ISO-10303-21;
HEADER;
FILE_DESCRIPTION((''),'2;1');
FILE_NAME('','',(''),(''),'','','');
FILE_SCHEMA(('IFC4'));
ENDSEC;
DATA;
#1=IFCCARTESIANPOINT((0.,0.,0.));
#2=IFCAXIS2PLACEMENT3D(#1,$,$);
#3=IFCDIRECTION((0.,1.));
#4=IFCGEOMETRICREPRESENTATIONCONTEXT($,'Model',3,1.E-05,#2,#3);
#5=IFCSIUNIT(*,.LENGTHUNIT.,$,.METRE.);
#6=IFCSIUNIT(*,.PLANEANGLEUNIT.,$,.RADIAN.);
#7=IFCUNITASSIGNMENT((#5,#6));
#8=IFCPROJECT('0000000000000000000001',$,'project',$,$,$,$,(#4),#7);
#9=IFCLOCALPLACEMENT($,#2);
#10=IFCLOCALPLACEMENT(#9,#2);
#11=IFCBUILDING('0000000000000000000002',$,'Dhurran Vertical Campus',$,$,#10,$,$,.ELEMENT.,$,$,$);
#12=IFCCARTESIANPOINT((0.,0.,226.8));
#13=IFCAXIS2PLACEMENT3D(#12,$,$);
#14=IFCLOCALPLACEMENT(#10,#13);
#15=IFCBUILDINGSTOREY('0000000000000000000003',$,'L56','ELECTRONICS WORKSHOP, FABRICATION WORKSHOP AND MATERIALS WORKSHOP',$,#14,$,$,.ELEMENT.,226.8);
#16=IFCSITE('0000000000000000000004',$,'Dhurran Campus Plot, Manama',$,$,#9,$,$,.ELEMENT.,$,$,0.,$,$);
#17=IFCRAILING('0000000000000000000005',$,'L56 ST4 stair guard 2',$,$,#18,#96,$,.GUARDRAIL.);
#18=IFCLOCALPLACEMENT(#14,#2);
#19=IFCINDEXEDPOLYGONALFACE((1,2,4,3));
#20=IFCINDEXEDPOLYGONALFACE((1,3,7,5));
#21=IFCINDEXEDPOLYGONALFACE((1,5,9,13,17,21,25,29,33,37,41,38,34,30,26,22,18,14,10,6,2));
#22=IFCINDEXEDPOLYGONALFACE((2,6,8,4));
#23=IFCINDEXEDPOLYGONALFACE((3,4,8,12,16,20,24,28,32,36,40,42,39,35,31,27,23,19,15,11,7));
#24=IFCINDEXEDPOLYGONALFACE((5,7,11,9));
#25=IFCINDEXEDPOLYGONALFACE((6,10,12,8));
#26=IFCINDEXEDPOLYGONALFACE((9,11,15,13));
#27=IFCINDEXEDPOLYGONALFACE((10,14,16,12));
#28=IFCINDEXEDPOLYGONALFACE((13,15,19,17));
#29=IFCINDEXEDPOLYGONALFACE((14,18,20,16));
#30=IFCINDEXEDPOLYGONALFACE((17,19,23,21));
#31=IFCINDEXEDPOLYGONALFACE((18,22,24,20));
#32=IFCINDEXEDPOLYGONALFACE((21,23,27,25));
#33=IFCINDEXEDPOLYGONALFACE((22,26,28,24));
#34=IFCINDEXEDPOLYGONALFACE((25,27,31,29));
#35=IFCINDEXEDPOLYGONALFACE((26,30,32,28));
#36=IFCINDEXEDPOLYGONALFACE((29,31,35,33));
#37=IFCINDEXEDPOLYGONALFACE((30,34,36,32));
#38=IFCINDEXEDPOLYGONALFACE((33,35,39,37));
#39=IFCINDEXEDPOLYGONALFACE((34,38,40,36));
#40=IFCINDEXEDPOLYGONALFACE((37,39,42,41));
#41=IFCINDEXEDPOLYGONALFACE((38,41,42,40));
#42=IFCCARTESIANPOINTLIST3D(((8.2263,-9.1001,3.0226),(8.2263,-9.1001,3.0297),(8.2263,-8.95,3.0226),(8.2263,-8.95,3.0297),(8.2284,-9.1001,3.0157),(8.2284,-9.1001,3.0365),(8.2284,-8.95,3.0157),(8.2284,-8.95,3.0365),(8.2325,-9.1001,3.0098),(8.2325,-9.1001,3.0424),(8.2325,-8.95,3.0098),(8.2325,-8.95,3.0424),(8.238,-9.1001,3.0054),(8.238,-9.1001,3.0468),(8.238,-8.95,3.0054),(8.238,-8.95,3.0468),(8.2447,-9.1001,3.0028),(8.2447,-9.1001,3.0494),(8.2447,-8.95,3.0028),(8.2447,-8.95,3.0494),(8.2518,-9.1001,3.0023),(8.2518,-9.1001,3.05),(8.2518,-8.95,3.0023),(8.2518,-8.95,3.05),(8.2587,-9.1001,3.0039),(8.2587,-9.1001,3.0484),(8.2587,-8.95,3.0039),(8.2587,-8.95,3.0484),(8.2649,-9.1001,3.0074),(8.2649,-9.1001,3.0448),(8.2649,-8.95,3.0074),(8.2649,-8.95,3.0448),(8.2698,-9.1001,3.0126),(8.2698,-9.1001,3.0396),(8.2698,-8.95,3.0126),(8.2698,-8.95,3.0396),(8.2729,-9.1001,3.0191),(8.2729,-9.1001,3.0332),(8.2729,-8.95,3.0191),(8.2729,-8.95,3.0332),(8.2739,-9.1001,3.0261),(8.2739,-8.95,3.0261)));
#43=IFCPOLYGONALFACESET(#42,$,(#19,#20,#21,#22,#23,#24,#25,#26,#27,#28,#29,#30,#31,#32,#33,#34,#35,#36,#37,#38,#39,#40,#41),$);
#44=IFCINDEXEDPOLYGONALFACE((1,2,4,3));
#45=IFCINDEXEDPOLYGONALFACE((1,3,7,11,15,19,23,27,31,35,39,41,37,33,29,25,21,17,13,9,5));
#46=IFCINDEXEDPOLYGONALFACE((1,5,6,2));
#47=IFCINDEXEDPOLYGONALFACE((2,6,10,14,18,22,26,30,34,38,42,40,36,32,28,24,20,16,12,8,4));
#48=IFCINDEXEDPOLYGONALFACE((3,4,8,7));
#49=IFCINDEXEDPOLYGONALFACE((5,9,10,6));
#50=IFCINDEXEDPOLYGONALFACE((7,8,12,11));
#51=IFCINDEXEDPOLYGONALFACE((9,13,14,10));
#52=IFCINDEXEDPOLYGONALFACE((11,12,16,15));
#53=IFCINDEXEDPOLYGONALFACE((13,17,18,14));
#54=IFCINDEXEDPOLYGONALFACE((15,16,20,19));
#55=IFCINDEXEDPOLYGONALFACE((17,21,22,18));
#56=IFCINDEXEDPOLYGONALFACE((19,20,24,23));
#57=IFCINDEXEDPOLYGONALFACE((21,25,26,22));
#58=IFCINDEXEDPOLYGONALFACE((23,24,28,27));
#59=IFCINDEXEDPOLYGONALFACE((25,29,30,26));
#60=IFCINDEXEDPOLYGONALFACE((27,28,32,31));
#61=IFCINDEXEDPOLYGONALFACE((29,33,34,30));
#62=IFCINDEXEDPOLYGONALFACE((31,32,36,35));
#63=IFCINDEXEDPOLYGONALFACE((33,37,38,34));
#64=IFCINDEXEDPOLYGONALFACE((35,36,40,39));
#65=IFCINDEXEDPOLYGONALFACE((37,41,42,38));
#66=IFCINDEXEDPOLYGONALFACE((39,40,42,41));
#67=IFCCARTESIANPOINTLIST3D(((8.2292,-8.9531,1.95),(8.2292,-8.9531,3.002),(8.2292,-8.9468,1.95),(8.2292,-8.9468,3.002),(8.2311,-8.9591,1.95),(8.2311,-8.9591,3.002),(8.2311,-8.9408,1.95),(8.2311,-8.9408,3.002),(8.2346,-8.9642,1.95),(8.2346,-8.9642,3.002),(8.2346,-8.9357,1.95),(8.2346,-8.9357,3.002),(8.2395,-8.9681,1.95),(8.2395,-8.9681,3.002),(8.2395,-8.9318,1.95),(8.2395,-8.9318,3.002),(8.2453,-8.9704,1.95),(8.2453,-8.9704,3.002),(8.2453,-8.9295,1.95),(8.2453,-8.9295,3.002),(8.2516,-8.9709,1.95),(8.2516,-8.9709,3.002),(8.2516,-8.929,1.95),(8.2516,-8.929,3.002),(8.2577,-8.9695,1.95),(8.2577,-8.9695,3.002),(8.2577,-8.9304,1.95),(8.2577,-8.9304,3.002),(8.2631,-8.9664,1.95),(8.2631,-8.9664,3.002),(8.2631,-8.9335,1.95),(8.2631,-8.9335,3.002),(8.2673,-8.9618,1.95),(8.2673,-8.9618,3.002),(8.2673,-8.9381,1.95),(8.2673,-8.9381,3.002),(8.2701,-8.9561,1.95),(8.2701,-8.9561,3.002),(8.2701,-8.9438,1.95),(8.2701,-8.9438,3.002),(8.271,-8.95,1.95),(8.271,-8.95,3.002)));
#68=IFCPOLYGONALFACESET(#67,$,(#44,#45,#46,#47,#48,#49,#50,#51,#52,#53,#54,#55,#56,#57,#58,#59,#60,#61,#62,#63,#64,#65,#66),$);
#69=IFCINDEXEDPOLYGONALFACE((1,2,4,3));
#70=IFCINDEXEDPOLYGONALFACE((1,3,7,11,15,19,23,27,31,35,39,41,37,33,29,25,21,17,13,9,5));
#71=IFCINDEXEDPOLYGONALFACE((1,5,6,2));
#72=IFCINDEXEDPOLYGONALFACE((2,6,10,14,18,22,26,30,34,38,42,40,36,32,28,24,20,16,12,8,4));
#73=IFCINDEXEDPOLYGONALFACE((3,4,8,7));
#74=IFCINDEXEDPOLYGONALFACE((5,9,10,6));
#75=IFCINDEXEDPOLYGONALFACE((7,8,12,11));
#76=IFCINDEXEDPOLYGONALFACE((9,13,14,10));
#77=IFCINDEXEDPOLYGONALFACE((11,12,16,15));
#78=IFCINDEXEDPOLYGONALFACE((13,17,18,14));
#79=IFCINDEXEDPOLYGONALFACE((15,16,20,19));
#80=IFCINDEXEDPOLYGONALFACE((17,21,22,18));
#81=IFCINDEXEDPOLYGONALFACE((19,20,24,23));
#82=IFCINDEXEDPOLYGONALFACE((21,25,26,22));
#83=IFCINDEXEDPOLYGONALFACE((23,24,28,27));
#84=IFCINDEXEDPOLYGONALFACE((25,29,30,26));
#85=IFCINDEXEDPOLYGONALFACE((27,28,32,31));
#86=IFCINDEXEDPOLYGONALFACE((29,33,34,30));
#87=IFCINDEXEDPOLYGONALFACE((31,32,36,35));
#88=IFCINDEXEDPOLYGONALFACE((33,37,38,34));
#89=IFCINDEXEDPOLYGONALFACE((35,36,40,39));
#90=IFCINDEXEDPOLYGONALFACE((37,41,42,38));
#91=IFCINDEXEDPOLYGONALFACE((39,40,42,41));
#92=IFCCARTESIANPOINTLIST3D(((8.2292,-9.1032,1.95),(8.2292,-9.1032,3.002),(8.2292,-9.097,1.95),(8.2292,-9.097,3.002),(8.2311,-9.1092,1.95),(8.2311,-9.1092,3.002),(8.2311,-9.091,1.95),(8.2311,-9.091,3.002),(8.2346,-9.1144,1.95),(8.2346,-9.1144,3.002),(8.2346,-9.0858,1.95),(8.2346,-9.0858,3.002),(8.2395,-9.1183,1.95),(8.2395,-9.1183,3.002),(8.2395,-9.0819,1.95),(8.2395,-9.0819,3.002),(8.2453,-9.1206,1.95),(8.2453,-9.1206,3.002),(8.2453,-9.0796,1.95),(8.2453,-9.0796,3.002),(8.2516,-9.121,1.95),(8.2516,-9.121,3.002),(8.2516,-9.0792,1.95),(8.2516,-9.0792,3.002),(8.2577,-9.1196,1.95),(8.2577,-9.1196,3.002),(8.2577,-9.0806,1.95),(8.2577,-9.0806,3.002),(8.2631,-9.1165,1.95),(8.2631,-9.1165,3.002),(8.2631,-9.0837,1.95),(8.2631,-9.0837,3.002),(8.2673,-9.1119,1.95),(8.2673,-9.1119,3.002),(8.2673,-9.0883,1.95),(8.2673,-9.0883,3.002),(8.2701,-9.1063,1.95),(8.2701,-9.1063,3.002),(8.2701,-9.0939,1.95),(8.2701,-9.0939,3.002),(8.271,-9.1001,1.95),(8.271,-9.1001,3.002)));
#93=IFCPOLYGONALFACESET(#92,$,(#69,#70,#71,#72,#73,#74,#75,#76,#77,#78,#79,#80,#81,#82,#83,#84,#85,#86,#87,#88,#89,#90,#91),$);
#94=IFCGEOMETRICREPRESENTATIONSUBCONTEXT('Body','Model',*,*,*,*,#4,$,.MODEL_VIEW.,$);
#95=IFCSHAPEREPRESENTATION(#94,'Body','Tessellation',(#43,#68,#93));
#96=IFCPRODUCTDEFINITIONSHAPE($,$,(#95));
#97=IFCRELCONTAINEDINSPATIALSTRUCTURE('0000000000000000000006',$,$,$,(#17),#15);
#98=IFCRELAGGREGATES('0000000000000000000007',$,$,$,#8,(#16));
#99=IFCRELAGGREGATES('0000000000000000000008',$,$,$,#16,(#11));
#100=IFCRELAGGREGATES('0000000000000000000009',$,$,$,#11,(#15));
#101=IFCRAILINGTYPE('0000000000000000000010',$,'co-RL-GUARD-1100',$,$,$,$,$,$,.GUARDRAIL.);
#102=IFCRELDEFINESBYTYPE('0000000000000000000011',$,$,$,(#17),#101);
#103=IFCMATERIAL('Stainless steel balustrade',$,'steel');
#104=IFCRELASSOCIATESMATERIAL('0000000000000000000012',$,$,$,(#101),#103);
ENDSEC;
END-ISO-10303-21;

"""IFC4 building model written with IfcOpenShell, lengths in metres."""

from ifc_helpers import new_model, si_unit, direction, frame, origin, origin_2d, place, context, subcontext, project, spatial, circle, extrude, material, type_object, element, save


model = new_model("IFC4")

# Units and contexts
model_context = context("Model", 3, precision=1e-05, world=origin(), true_north=direction((0.0, 1.0)))
body_context = subcontext(model_context, "Body", "Model", "MODEL_VIEW")
ifc_project = project(units=[si_unit("LENGTHUNIT", "METRE"), si_unit("PLANEANGLEUNIT", "RADIAN")], contexts=[model_context])

# Site, building, storey
site_placement = place(None, origin())
site = spatial("IfcSite", under=ifc_project, at=site_placement, Name="Dhurran Campus Plot, Manama", CompositionType="ELEMENT", RefElevation=0.0)
building_placement = place(site_placement, origin())
building = spatial("IfcBuilding", under=site, at=building_placement, Name="Dhurran Vertical Campus", CompositionType="ELEMENT")
storey_placement = place(building_placement, frame((0.0, 0.0, 226.8)))
storey = spatial("IfcBuildingStorey", under=building, at=storey_placement, Name="L56", Description="ELECTRONICS WORKSHOP, FABRICATION WORKSHOP AND MATERIALS WORKSHOP", CompositionType="ELEMENT", Elevation=226.8)

# Railing
ifc_material_1 = material(Name="Stainless steel balustrade", Category="steel")
railing_type_1 = type_object("IfcRailingType", Name="co-RL-GUARD-1100", PredefinedType="GUARDRAIL", material=ifc_material_1)
railing_1_placement = place(storey_placement, frame((8.25, -8.95, 1.95)))
element("IfcRailing", 1, at=railing_1_placement, inside=storey, type_object=railing_type_1, Name="L56 ST4 stair guard 2", PredefinedType="GUARDRAIL", context=body_context, shape_type="SweptSolid", body=[
    extrude(circle(Radius=0.0239, at=origin_2d()), frame((0.0, 0.0, 1.0762), z_axis=(0.0, -1.0, 0.0), x_axis=(1.0, 0.0, 0.0)), (0.0, 0.0, 1.0), 0.1501),
    extrude(circle(Radius=0.021, at=origin_2d()), origin(), (0.0, 0.0, 1.0), 1.052),
    extrude(circle(Radius=0.021, at=origin_2d()), frame((0.0, -0.1501, 0.0)), (0.0, 0.0, 1.0), 1.052),
])

save(model, "model.ifc")
